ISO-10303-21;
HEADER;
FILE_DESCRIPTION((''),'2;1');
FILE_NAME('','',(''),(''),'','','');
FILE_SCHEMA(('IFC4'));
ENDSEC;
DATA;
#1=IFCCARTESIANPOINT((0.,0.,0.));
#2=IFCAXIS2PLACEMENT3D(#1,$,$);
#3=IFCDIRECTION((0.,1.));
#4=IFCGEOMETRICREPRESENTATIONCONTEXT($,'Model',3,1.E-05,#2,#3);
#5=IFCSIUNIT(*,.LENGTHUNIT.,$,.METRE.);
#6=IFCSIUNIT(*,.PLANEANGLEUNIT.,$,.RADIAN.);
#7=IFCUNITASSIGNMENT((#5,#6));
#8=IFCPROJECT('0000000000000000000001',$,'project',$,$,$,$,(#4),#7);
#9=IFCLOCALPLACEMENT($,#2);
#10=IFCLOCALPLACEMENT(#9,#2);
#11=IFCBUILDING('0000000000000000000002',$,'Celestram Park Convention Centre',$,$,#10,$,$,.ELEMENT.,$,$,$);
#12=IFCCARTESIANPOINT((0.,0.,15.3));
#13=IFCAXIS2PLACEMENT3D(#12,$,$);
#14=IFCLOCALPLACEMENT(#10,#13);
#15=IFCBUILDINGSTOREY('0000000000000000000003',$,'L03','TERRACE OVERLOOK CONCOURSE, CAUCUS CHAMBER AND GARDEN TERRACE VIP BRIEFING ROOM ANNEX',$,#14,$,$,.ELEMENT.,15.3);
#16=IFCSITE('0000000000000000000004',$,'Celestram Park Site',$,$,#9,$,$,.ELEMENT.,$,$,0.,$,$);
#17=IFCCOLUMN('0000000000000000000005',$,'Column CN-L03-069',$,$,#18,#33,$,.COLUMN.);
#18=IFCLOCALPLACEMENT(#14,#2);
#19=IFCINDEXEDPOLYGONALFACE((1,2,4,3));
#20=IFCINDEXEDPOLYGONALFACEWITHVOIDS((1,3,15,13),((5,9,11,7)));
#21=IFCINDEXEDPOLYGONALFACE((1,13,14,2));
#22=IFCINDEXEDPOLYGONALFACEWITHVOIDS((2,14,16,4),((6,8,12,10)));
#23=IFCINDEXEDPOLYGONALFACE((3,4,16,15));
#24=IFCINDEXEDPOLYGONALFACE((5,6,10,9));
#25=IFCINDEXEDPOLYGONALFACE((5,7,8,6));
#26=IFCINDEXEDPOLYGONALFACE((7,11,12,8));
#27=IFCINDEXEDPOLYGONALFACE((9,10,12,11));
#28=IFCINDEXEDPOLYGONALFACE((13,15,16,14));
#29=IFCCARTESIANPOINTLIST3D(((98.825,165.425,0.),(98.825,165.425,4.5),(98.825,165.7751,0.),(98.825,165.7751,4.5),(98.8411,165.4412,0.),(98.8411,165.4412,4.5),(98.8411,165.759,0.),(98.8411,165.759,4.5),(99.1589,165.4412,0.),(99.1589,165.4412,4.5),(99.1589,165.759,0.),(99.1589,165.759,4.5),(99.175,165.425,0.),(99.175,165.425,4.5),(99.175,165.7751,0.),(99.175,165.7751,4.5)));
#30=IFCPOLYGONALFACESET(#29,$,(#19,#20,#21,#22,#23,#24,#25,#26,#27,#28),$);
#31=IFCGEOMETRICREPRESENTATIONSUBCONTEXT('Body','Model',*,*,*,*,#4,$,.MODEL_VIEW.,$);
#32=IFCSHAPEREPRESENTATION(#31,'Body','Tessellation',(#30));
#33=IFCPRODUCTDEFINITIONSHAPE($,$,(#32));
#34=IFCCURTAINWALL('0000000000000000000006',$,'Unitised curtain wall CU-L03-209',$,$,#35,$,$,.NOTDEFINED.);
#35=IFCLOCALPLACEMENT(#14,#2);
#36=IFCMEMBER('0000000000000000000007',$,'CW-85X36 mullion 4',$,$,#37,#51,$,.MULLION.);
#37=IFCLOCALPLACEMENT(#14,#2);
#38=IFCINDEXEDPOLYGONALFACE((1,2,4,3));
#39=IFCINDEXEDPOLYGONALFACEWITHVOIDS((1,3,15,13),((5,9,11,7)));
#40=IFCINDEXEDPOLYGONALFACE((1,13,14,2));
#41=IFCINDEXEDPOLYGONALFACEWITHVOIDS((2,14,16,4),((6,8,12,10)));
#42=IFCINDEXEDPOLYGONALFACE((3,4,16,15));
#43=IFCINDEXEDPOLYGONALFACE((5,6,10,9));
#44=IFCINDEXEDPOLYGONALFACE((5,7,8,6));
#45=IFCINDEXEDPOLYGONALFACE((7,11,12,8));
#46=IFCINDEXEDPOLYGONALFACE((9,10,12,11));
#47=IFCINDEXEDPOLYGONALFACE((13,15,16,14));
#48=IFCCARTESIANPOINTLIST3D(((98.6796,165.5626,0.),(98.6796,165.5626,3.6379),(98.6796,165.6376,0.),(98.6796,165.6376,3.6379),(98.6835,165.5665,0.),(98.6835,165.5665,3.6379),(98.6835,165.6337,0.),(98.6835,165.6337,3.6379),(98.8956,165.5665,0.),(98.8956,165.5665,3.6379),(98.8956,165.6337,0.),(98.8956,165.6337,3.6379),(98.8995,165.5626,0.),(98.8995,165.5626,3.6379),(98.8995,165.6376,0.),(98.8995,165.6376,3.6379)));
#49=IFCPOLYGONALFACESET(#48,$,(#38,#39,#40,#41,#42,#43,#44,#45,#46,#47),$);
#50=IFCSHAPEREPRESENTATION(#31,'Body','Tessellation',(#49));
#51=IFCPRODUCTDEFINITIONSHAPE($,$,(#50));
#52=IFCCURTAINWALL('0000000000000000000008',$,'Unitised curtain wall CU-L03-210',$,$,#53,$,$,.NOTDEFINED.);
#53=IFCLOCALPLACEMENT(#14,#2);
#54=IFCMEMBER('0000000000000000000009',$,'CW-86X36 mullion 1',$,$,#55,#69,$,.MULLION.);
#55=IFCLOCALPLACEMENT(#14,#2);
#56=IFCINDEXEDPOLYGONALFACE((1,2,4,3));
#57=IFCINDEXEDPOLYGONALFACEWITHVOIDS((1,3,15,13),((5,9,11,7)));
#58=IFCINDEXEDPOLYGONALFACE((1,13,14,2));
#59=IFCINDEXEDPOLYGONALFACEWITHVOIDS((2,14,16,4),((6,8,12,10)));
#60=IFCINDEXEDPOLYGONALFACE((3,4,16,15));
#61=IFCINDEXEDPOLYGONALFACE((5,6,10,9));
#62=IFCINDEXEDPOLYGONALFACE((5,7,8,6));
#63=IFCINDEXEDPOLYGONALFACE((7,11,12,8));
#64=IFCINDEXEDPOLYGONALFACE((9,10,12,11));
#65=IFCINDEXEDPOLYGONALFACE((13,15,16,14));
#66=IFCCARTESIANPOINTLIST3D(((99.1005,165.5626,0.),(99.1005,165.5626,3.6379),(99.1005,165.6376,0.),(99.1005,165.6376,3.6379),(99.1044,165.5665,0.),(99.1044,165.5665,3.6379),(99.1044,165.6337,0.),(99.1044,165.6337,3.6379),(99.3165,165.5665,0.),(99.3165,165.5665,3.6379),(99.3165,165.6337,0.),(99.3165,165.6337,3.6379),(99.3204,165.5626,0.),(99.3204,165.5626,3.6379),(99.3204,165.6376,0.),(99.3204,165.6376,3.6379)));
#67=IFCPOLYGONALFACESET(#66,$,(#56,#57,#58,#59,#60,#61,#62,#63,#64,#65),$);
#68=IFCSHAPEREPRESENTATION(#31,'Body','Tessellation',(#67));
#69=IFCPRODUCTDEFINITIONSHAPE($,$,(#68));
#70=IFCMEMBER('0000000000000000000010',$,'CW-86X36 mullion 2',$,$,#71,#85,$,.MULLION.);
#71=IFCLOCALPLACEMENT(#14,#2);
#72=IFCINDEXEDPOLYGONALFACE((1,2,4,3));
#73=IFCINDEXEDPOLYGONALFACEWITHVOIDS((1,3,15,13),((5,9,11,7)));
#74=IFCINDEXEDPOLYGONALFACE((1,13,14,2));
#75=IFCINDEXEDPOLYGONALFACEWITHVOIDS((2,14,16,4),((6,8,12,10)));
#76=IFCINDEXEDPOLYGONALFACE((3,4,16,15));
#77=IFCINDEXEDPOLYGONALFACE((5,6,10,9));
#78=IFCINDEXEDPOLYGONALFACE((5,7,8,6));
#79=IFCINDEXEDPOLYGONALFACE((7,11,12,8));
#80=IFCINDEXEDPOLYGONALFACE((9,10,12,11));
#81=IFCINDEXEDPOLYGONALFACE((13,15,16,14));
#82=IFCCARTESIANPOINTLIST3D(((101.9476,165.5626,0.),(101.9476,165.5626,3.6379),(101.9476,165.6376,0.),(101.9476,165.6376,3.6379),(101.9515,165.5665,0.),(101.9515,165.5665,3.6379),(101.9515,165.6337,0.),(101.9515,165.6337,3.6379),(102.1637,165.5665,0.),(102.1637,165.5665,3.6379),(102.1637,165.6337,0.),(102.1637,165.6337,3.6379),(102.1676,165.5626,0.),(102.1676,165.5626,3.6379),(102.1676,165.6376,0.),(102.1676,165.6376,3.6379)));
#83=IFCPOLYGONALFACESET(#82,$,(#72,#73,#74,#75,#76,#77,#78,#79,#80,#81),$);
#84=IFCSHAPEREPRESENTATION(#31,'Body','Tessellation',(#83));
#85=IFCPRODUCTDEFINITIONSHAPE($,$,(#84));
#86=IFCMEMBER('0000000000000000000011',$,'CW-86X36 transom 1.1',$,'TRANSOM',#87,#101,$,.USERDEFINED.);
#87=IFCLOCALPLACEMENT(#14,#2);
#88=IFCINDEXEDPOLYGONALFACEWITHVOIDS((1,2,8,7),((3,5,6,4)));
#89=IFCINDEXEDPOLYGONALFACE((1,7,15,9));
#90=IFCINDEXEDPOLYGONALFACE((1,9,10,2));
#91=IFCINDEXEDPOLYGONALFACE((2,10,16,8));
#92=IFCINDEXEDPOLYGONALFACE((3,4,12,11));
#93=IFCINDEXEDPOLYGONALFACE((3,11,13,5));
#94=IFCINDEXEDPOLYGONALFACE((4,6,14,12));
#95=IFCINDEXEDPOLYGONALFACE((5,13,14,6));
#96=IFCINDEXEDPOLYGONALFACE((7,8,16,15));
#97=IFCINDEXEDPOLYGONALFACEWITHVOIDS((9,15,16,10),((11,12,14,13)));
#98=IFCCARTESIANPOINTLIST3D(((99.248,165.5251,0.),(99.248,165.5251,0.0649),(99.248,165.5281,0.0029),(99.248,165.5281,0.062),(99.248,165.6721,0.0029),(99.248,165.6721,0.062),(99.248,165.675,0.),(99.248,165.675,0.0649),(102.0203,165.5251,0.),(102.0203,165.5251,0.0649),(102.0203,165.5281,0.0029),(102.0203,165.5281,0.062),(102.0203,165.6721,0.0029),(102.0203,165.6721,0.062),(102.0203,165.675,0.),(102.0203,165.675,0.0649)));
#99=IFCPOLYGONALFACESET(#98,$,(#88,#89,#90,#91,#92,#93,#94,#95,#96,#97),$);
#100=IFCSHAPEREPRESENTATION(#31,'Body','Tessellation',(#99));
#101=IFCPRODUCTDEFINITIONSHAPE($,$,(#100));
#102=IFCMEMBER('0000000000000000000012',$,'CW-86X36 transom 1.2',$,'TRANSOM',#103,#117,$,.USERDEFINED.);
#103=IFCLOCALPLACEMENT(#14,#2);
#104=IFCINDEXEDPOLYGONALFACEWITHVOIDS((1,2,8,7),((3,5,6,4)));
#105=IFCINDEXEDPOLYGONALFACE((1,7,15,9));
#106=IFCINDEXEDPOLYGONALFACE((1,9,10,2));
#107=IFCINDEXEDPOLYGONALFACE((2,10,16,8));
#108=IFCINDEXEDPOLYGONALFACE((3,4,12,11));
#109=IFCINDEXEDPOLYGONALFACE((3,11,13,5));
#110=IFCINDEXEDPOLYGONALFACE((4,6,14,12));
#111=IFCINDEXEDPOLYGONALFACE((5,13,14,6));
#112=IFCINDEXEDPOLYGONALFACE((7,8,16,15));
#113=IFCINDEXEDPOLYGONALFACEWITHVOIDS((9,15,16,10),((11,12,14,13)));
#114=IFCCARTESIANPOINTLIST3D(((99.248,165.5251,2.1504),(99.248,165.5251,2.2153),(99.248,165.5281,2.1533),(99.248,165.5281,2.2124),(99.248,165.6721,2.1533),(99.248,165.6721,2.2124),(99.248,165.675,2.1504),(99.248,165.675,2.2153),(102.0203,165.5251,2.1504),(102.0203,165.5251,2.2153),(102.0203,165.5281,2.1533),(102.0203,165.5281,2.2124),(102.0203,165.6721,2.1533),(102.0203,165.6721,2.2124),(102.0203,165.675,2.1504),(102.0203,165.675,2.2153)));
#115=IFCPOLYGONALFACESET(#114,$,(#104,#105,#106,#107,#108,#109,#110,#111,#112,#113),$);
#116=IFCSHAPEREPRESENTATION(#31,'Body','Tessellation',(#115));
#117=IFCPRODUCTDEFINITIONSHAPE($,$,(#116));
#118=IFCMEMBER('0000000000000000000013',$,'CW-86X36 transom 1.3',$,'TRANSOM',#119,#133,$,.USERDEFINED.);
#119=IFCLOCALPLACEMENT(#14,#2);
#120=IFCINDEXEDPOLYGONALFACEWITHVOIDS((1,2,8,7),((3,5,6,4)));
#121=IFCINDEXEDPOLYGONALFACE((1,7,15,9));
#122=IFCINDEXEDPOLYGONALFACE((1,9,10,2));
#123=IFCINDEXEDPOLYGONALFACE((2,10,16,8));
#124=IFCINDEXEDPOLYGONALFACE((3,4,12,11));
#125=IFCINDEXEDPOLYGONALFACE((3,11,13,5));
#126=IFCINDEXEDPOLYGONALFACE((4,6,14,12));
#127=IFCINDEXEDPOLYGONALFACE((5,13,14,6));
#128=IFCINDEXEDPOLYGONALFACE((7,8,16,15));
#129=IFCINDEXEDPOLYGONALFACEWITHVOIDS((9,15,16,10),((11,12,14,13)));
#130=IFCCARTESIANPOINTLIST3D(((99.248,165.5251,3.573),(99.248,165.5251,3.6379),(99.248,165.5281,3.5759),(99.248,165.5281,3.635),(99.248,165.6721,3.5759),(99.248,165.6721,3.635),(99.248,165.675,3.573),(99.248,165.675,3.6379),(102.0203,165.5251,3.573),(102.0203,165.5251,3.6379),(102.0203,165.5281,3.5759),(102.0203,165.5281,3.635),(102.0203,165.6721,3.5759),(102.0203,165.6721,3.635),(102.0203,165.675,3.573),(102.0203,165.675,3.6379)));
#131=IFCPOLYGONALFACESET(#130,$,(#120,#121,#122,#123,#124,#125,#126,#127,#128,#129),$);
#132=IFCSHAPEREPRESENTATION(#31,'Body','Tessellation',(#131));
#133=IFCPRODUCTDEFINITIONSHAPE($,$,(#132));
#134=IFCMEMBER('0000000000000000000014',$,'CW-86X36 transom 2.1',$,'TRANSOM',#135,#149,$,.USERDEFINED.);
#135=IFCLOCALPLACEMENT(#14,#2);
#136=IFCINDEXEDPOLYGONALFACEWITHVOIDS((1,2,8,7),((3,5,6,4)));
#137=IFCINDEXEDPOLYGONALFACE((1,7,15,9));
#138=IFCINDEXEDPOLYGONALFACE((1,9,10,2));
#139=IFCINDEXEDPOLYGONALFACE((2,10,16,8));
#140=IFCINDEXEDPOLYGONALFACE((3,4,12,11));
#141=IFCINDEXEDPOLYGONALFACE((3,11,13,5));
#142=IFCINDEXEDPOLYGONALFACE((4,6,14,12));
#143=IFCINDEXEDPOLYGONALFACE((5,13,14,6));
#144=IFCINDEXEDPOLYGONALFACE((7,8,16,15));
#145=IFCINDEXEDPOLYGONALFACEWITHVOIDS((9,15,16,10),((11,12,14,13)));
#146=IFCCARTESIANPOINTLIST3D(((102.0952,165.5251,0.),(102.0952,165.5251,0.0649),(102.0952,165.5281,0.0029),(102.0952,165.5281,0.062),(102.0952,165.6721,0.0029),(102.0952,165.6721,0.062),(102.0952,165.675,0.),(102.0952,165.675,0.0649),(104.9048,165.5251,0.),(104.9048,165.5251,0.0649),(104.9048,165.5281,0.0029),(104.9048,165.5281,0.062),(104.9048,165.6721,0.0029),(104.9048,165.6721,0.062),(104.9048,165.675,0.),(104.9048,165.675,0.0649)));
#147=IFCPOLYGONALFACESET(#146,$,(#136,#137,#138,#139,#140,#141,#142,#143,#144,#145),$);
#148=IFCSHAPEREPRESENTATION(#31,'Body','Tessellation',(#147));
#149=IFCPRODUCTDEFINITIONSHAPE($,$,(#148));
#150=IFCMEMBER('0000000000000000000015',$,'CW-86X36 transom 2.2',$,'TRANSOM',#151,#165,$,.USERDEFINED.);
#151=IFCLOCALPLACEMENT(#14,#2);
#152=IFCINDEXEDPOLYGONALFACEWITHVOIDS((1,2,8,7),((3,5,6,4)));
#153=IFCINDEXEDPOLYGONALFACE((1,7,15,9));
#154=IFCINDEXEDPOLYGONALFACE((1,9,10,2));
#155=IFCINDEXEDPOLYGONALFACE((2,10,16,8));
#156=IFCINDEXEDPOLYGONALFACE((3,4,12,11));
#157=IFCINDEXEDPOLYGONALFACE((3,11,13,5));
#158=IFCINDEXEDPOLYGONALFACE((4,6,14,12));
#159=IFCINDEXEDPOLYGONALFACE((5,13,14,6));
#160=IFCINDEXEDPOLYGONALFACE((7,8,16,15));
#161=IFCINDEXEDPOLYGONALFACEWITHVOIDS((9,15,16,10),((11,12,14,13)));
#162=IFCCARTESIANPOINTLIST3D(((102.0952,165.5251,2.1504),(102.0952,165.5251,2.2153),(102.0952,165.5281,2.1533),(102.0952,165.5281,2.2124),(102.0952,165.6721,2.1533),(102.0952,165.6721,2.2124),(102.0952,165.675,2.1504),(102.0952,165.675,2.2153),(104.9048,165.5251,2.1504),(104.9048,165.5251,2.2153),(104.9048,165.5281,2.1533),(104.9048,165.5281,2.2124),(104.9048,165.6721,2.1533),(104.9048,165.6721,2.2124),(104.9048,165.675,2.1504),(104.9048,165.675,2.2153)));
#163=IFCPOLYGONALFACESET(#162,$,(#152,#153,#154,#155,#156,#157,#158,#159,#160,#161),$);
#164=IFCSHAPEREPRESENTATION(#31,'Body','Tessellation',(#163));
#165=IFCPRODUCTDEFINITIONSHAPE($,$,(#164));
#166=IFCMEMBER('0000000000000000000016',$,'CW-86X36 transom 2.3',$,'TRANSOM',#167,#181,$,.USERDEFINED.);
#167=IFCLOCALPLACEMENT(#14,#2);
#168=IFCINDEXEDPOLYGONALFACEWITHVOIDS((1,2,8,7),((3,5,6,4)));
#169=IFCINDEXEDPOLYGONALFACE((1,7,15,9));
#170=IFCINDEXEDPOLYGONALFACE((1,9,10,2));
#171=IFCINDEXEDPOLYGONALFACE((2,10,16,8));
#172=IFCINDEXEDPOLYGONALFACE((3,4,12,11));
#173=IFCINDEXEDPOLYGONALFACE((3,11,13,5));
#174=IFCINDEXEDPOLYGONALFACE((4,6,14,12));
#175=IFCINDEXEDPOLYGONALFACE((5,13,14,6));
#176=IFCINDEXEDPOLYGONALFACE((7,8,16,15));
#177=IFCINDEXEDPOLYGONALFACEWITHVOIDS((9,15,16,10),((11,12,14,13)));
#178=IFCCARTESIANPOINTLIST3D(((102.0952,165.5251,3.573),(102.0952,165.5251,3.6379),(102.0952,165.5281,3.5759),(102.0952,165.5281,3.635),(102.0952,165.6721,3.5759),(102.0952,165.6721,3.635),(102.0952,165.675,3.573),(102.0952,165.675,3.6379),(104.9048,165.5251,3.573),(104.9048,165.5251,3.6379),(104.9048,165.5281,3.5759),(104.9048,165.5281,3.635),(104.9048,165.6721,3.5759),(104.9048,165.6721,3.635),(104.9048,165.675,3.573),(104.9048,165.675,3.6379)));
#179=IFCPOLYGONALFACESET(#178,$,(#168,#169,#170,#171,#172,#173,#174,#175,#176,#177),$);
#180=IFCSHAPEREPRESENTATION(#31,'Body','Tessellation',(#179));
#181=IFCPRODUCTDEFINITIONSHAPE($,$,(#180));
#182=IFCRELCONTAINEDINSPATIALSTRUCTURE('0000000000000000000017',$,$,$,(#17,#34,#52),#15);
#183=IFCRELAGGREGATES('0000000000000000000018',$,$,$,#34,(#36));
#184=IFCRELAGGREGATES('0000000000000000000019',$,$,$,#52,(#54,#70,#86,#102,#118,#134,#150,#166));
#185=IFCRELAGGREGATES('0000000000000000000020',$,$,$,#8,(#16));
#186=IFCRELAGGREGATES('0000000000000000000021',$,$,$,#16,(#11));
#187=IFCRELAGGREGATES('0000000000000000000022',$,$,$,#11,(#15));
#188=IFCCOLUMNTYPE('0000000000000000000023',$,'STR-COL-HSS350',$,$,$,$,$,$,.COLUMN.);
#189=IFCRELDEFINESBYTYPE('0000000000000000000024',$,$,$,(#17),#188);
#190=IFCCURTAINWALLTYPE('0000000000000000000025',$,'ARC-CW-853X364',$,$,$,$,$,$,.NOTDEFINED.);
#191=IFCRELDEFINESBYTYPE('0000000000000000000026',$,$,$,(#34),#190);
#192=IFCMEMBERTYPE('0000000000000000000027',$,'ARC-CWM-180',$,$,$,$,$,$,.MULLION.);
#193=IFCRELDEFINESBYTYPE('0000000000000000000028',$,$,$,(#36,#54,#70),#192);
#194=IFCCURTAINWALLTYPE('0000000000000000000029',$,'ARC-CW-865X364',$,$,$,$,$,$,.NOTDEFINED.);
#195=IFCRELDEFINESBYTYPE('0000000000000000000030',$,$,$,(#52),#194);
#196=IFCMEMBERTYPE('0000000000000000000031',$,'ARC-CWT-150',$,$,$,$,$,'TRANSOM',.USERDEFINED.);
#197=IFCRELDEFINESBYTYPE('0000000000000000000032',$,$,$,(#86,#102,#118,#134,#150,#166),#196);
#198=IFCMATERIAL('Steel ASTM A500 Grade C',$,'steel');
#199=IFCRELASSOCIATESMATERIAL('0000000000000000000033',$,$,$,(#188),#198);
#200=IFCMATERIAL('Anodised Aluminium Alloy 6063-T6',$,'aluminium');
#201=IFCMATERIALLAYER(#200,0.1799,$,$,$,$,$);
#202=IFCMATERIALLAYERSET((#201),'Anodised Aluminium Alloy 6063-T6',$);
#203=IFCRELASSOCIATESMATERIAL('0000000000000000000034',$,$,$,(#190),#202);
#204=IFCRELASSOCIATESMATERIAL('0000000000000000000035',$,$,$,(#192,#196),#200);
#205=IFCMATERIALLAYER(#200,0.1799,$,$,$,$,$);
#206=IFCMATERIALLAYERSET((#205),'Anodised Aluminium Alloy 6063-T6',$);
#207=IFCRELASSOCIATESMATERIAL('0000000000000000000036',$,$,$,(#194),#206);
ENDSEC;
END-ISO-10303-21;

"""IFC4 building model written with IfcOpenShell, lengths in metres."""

from ifc_helpers import new_model, si_unit, direction, frame, origin, origin_2d, place, context, subcontext, project, spatial, hollow_rectangle, extrude, material, layer, layer_set, material_profile, profile_set, type_object, element, aggregate, save


model = new_model("IFC4")

# Units and contexts
model_context = context("Model", 3, precision=1e-05, world=origin(), true_north=direction((0.0, 1.0)))
body_context = subcontext(model_context, "Body", "Model", "MODEL_VIEW")
ifc_project = project(units=[si_unit("LENGTHUNIT", "METRE"), si_unit("PLANEANGLEUNIT", "RADIAN")], contexts=[model_context])

# Site, building, storey
site_placement = place(None, origin())
site = spatial("IfcSite", under=ifc_project, at=site_placement, Name="Celestram Park Site", CompositionType="ELEMENT", RefElevation=0.0)
building_placement = place(site_placement, origin())
building = spatial("IfcBuilding", under=site, at=building_placement, Name="Celestram Park Convention Centre", CompositionType="ELEMENT")
storey_placement = place(building_placement, frame((0.0, 0.0, 15.3)))
storey = spatial("IfcBuildingStorey", under=building, at=storey_placement, Name="L03", Description="TERRACE OVERLOOK CONCOURSE, CAUCUS CHAMBER AND GARDEN TERRACE VIP BRIEFING ROOM ANNEX", CompositionType="ELEMENT", Elevation=15.3)

# Column
ifc_material_1 = material(Name="Steel ASTM A500 Grade C", Category="steel")
ifc_material_profile_1 = material_profile(ifc_material_1, hollow_rectangle(XDim=0.3501, YDim=0.3501, WallThickness=0.0161, at=origin_2d()), Name="HSS350X350X16")
ifc_profile_set_1 = profile_set([ifc_material_profile_1], Name="Steel ASTM A500 Grade C")
column_type = type_object("IfcColumnType", Name="STR-COL-HSS350", PredefinedType="COLUMN", material=ifc_profile_set_1)
column_placement = place(storey_placement, frame((99.0, 165.6001, 0.0), z_axis=(0.0, 0.0, 1.0), x_axis=(1.0, 0.0, 0.0)))
element("IfcColumn", 1, at=column_placement, inside=storey, type_object=column_type, Name="Column CN-L03-069", PredefinedType="COLUMN", context=body_context, shape_type="SweptSolid", body=[
    extrude(hollow_rectangle(XDim=0.3501, YDim=0.3501, WallThickness=0.0161, at=origin_2d()), origin(), (0.0, 0.0, 1.0), 4.5),
])

# Curtain wall, member
ifc_material_2 = material(Name="Anodised Aluminium Alloy 6063-T6", Category="aluminium")
ifc_layer_1 = layer(ifc_material_2, 0.1799)
ifc_layer_set_1 = layer_set([ifc_layer_1], Name="Anodised Aluminium Alloy 6063-T6")
curtain_wall_type_1 = type_object("IfcCurtainWallType", Name="ARC-CW-853X364", PredefinedType="NOTDEFINED", material=ifc_layer_set_1)
curtain_wall_1_placement = place(storey_placement, origin())
curtain_wall_1 = element("IfcCurtainWall", 2, at=curtain_wall_1_placement, inside=storey, type_object=curtain_wall_type_1, Name="Unitised curtain wall CU-L03-209", PredefinedType="NOTDEFINED")
ifc_material_profile_2 = material_profile(ifc_material_2, hollow_rectangle(XDim=0.075, YDim=0.22, WallThickness=0.0039, at=origin_2d()), Name="ALU75X220X4")
ifc_profile_set_2 = profile_set([ifc_material_profile_2], Name="Anodised Aluminium Alloy 6063-T6")
member_type_1 = type_object("IfcMemberType", Name="ARC-CWM-180", PredefinedType="MULLION", material=ifc_profile_set_2)
member_1_placement = place(storey_placement, frame((98.7896, 165.6001, 0.0), z_axis=(0.0, 0.0, 1.0), x_axis=(0.0, 1.0, 0.0)))
member_1 = element("IfcMember", 3, at=member_1_placement, type_object=member_type_1, Name="CW-85X36 mullion 4", PredefinedType="MULLION", context=body_context, shape_type="SweptSolid", body=[
    extrude(hollow_rectangle(XDim=0.075, YDim=0.22, WallThickness=0.0039, at=origin_2d()), origin(), (0.0, 0.0, 1.0), 3.6379),
])
aggregate(curtain_wall_1, [member_1])

# Curtain wall, members
ifc_layer_2 = layer(ifc_material_2, 0.1799)
ifc_layer_set_2 = layer_set([ifc_layer_2], Name="Anodised Aluminium Alloy 6063-T6")
curtain_wall_type_2 = type_object("IfcCurtainWallType", Name="ARC-CW-865X364", PredefinedType="NOTDEFINED", material=ifc_layer_set_2)
curtain_wall_2_placement = place(storey_placement, origin())
curtain_wall_2 = element("IfcCurtainWall", 4, at=curtain_wall_2_placement, inside=storey, type_object=curtain_wall_type_2, Name="Unitised curtain wall CU-L03-210", PredefinedType="NOTDEFINED")
member_2_placement = place(storey_placement, frame((99.2104, 165.6001, 0.0), z_axis=(0.0, 0.0, 1.0), x_axis=(0.0, 1.0, 0.0)))
member_2 = element("IfcMember", 5, at=member_2_placement, type_object=member_type_1, Name="CW-86X36 mullion 1", PredefinedType="MULLION", context=body_context, shape_type="SweptSolid", body=[
    extrude(hollow_rectangle(XDim=0.075, YDim=0.22, WallThickness=0.0039, at=origin_2d()), origin(), (0.0, 0.0, 1.0), 3.6379),
])
member_3_placement = place(storey_placement, frame((102.0576, 165.6001, 0.0), z_axis=(0.0, 0.0, 1.0), x_axis=(0.0, 1.0, 0.0)))
member_3 = element("IfcMember", 6, at=member_3_placement, type_object=member_type_1, Name="CW-86X36 mullion 2", PredefinedType="MULLION", context=body_context, shape_type="SweptSolid", body=[
    extrude(hollow_rectangle(XDim=0.075, YDim=0.22, WallThickness=0.0039, at=origin_2d()), origin(), (0.0, 0.0, 1.0), 3.6379),
])
ifc_material_profile_3 = material_profile(ifc_material_2, hollow_rectangle(XDim=0.1499, YDim=0.0649, WallThickness=0.0029, at=origin_2d()), Name="ALU150X65X3")
ifc_profile_set_3 = profile_set([ifc_material_profile_3], Name="Anodised Aluminium Alloy 6063-T6")
member_type_2 = type_object("IfcMemberType", Name="ARC-CWT-150", ElementType="TRANSOM", PredefinedType="USERDEFINED", material=ifc_profile_set_3)
member_4_placement = place(storey_placement, frame((99.248, 165.6001, 0.0325), z_axis=(1.0, 0.0, 0.0), x_axis=(0.0, 1.0, 0.0)))
member_4 = element("IfcMember", 7, at=member_4_placement, type_object=member_type_2, Name="CW-86X36 transom 1.1", ObjectType="TRANSOM", PredefinedType="USERDEFINED", context=body_context, shape_type="SweptSolid", body=[
    extrude(hollow_rectangle(XDim=0.1499, YDim=0.0649, WallThickness=0.0029, at=origin_2d()), origin(), (0.0, 0.0, 1.0), 2.7722),
])
member_5_placement = place(storey_placement, frame((99.248, 165.6001, 2.1829), z_axis=(1.0, 0.0, 0.0), x_axis=(0.0, 1.0, 0.0)))
member_5 = element("IfcMember", 8, at=member_5_placement, type_object=member_type_2, Name="CW-86X36 transom 1.2", ObjectType="TRANSOM", PredefinedType="USERDEFINED", context=body_context, shape_type="SweptSolid", body=[
    extrude(hollow_rectangle(XDim=0.1499, YDim=0.0649, WallThickness=0.0029, at=origin_2d()), origin(), (0.0, 0.0, 1.0), 2.7722),
])
member_6_placement = place(storey_placement, frame((99.248, 165.6001, 3.6055), z_axis=(1.0, 0.0, 0.0), x_axis=(0.0, 1.0, 0.0)))
member_6 = element("IfcMember", 9, at=member_6_placement, type_object=member_type_2, Name="CW-86X36 transom 1.3", ObjectType="TRANSOM", PredefinedType="USERDEFINED", context=body_context, shape_type="SweptSolid", body=[
    extrude(hollow_rectangle(XDim=0.1499, YDim=0.0649, WallThickness=0.0029, at=origin_2d()), origin(), (0.0, 0.0, 1.0), 2.7722),
])
member_7_placement = place(storey_placement, frame((102.0952, 165.6001, 0.0325), z_axis=(1.0, 0.0, 0.0), x_axis=(0.0, 1.0, 0.0)))
member_7 = element("IfcMember", 10, at=member_7_placement, type_object=member_type_2, Name="CW-86X36 transom 2.1", ObjectType="TRANSOM", PredefinedType="USERDEFINED", context=body_context, shape_type="SweptSolid", body=[
    extrude(hollow_rectangle(XDim=0.1499, YDim=0.0649, WallThickness=0.0029, at=origin_2d()), origin(), (0.0, 0.0, 1.0), 2.8096),
])
member_8_placement = place(storey_placement, frame((102.0952, 165.6001, 2.1829), z_axis=(1.0, 0.0, 0.0), x_axis=(0.0, 1.0, 0.0)))
member_8 = element("IfcMember", 11, at=member_8_placement, type_object=member_type_2, Name="CW-86X36 transom 2.2", ObjectType="TRANSOM", PredefinedType="USERDEFINED", context=body_context, shape_type="SweptSolid", body=[
    extrude(hollow_rectangle(XDim=0.1499, YDim=0.0649, WallThickness=0.0029, at=origin_2d()), origin(), (0.0, 0.0, 1.0), 2.8096),
])
member_9_placement = place(storey_placement, frame((102.0952, 165.6001, 3.6055), z_axis=(1.0, 0.0, 0.0), x_axis=(0.0, 1.0, 0.0)))
member_9 = element("IfcMember", 12, at=member_9_placement, type_object=member_type_2, Name="CW-86X36 transom 2.3", ObjectType="TRANSOM", PredefinedType="USERDEFINED", context=body_context, shape_type="SweptSolid", body=[
    extrude(hollow_rectangle(XDim=0.1499, YDim=0.0649, WallThickness=0.0029, at=origin_2d()), origin(), (0.0, 0.0, 1.0), 2.8096),
])

aggregate(curtain_wall_2, [member_2, member_3, member_4, member_5, member_6, member_7, member_8, member_9])

save(model, "model.ifc")
